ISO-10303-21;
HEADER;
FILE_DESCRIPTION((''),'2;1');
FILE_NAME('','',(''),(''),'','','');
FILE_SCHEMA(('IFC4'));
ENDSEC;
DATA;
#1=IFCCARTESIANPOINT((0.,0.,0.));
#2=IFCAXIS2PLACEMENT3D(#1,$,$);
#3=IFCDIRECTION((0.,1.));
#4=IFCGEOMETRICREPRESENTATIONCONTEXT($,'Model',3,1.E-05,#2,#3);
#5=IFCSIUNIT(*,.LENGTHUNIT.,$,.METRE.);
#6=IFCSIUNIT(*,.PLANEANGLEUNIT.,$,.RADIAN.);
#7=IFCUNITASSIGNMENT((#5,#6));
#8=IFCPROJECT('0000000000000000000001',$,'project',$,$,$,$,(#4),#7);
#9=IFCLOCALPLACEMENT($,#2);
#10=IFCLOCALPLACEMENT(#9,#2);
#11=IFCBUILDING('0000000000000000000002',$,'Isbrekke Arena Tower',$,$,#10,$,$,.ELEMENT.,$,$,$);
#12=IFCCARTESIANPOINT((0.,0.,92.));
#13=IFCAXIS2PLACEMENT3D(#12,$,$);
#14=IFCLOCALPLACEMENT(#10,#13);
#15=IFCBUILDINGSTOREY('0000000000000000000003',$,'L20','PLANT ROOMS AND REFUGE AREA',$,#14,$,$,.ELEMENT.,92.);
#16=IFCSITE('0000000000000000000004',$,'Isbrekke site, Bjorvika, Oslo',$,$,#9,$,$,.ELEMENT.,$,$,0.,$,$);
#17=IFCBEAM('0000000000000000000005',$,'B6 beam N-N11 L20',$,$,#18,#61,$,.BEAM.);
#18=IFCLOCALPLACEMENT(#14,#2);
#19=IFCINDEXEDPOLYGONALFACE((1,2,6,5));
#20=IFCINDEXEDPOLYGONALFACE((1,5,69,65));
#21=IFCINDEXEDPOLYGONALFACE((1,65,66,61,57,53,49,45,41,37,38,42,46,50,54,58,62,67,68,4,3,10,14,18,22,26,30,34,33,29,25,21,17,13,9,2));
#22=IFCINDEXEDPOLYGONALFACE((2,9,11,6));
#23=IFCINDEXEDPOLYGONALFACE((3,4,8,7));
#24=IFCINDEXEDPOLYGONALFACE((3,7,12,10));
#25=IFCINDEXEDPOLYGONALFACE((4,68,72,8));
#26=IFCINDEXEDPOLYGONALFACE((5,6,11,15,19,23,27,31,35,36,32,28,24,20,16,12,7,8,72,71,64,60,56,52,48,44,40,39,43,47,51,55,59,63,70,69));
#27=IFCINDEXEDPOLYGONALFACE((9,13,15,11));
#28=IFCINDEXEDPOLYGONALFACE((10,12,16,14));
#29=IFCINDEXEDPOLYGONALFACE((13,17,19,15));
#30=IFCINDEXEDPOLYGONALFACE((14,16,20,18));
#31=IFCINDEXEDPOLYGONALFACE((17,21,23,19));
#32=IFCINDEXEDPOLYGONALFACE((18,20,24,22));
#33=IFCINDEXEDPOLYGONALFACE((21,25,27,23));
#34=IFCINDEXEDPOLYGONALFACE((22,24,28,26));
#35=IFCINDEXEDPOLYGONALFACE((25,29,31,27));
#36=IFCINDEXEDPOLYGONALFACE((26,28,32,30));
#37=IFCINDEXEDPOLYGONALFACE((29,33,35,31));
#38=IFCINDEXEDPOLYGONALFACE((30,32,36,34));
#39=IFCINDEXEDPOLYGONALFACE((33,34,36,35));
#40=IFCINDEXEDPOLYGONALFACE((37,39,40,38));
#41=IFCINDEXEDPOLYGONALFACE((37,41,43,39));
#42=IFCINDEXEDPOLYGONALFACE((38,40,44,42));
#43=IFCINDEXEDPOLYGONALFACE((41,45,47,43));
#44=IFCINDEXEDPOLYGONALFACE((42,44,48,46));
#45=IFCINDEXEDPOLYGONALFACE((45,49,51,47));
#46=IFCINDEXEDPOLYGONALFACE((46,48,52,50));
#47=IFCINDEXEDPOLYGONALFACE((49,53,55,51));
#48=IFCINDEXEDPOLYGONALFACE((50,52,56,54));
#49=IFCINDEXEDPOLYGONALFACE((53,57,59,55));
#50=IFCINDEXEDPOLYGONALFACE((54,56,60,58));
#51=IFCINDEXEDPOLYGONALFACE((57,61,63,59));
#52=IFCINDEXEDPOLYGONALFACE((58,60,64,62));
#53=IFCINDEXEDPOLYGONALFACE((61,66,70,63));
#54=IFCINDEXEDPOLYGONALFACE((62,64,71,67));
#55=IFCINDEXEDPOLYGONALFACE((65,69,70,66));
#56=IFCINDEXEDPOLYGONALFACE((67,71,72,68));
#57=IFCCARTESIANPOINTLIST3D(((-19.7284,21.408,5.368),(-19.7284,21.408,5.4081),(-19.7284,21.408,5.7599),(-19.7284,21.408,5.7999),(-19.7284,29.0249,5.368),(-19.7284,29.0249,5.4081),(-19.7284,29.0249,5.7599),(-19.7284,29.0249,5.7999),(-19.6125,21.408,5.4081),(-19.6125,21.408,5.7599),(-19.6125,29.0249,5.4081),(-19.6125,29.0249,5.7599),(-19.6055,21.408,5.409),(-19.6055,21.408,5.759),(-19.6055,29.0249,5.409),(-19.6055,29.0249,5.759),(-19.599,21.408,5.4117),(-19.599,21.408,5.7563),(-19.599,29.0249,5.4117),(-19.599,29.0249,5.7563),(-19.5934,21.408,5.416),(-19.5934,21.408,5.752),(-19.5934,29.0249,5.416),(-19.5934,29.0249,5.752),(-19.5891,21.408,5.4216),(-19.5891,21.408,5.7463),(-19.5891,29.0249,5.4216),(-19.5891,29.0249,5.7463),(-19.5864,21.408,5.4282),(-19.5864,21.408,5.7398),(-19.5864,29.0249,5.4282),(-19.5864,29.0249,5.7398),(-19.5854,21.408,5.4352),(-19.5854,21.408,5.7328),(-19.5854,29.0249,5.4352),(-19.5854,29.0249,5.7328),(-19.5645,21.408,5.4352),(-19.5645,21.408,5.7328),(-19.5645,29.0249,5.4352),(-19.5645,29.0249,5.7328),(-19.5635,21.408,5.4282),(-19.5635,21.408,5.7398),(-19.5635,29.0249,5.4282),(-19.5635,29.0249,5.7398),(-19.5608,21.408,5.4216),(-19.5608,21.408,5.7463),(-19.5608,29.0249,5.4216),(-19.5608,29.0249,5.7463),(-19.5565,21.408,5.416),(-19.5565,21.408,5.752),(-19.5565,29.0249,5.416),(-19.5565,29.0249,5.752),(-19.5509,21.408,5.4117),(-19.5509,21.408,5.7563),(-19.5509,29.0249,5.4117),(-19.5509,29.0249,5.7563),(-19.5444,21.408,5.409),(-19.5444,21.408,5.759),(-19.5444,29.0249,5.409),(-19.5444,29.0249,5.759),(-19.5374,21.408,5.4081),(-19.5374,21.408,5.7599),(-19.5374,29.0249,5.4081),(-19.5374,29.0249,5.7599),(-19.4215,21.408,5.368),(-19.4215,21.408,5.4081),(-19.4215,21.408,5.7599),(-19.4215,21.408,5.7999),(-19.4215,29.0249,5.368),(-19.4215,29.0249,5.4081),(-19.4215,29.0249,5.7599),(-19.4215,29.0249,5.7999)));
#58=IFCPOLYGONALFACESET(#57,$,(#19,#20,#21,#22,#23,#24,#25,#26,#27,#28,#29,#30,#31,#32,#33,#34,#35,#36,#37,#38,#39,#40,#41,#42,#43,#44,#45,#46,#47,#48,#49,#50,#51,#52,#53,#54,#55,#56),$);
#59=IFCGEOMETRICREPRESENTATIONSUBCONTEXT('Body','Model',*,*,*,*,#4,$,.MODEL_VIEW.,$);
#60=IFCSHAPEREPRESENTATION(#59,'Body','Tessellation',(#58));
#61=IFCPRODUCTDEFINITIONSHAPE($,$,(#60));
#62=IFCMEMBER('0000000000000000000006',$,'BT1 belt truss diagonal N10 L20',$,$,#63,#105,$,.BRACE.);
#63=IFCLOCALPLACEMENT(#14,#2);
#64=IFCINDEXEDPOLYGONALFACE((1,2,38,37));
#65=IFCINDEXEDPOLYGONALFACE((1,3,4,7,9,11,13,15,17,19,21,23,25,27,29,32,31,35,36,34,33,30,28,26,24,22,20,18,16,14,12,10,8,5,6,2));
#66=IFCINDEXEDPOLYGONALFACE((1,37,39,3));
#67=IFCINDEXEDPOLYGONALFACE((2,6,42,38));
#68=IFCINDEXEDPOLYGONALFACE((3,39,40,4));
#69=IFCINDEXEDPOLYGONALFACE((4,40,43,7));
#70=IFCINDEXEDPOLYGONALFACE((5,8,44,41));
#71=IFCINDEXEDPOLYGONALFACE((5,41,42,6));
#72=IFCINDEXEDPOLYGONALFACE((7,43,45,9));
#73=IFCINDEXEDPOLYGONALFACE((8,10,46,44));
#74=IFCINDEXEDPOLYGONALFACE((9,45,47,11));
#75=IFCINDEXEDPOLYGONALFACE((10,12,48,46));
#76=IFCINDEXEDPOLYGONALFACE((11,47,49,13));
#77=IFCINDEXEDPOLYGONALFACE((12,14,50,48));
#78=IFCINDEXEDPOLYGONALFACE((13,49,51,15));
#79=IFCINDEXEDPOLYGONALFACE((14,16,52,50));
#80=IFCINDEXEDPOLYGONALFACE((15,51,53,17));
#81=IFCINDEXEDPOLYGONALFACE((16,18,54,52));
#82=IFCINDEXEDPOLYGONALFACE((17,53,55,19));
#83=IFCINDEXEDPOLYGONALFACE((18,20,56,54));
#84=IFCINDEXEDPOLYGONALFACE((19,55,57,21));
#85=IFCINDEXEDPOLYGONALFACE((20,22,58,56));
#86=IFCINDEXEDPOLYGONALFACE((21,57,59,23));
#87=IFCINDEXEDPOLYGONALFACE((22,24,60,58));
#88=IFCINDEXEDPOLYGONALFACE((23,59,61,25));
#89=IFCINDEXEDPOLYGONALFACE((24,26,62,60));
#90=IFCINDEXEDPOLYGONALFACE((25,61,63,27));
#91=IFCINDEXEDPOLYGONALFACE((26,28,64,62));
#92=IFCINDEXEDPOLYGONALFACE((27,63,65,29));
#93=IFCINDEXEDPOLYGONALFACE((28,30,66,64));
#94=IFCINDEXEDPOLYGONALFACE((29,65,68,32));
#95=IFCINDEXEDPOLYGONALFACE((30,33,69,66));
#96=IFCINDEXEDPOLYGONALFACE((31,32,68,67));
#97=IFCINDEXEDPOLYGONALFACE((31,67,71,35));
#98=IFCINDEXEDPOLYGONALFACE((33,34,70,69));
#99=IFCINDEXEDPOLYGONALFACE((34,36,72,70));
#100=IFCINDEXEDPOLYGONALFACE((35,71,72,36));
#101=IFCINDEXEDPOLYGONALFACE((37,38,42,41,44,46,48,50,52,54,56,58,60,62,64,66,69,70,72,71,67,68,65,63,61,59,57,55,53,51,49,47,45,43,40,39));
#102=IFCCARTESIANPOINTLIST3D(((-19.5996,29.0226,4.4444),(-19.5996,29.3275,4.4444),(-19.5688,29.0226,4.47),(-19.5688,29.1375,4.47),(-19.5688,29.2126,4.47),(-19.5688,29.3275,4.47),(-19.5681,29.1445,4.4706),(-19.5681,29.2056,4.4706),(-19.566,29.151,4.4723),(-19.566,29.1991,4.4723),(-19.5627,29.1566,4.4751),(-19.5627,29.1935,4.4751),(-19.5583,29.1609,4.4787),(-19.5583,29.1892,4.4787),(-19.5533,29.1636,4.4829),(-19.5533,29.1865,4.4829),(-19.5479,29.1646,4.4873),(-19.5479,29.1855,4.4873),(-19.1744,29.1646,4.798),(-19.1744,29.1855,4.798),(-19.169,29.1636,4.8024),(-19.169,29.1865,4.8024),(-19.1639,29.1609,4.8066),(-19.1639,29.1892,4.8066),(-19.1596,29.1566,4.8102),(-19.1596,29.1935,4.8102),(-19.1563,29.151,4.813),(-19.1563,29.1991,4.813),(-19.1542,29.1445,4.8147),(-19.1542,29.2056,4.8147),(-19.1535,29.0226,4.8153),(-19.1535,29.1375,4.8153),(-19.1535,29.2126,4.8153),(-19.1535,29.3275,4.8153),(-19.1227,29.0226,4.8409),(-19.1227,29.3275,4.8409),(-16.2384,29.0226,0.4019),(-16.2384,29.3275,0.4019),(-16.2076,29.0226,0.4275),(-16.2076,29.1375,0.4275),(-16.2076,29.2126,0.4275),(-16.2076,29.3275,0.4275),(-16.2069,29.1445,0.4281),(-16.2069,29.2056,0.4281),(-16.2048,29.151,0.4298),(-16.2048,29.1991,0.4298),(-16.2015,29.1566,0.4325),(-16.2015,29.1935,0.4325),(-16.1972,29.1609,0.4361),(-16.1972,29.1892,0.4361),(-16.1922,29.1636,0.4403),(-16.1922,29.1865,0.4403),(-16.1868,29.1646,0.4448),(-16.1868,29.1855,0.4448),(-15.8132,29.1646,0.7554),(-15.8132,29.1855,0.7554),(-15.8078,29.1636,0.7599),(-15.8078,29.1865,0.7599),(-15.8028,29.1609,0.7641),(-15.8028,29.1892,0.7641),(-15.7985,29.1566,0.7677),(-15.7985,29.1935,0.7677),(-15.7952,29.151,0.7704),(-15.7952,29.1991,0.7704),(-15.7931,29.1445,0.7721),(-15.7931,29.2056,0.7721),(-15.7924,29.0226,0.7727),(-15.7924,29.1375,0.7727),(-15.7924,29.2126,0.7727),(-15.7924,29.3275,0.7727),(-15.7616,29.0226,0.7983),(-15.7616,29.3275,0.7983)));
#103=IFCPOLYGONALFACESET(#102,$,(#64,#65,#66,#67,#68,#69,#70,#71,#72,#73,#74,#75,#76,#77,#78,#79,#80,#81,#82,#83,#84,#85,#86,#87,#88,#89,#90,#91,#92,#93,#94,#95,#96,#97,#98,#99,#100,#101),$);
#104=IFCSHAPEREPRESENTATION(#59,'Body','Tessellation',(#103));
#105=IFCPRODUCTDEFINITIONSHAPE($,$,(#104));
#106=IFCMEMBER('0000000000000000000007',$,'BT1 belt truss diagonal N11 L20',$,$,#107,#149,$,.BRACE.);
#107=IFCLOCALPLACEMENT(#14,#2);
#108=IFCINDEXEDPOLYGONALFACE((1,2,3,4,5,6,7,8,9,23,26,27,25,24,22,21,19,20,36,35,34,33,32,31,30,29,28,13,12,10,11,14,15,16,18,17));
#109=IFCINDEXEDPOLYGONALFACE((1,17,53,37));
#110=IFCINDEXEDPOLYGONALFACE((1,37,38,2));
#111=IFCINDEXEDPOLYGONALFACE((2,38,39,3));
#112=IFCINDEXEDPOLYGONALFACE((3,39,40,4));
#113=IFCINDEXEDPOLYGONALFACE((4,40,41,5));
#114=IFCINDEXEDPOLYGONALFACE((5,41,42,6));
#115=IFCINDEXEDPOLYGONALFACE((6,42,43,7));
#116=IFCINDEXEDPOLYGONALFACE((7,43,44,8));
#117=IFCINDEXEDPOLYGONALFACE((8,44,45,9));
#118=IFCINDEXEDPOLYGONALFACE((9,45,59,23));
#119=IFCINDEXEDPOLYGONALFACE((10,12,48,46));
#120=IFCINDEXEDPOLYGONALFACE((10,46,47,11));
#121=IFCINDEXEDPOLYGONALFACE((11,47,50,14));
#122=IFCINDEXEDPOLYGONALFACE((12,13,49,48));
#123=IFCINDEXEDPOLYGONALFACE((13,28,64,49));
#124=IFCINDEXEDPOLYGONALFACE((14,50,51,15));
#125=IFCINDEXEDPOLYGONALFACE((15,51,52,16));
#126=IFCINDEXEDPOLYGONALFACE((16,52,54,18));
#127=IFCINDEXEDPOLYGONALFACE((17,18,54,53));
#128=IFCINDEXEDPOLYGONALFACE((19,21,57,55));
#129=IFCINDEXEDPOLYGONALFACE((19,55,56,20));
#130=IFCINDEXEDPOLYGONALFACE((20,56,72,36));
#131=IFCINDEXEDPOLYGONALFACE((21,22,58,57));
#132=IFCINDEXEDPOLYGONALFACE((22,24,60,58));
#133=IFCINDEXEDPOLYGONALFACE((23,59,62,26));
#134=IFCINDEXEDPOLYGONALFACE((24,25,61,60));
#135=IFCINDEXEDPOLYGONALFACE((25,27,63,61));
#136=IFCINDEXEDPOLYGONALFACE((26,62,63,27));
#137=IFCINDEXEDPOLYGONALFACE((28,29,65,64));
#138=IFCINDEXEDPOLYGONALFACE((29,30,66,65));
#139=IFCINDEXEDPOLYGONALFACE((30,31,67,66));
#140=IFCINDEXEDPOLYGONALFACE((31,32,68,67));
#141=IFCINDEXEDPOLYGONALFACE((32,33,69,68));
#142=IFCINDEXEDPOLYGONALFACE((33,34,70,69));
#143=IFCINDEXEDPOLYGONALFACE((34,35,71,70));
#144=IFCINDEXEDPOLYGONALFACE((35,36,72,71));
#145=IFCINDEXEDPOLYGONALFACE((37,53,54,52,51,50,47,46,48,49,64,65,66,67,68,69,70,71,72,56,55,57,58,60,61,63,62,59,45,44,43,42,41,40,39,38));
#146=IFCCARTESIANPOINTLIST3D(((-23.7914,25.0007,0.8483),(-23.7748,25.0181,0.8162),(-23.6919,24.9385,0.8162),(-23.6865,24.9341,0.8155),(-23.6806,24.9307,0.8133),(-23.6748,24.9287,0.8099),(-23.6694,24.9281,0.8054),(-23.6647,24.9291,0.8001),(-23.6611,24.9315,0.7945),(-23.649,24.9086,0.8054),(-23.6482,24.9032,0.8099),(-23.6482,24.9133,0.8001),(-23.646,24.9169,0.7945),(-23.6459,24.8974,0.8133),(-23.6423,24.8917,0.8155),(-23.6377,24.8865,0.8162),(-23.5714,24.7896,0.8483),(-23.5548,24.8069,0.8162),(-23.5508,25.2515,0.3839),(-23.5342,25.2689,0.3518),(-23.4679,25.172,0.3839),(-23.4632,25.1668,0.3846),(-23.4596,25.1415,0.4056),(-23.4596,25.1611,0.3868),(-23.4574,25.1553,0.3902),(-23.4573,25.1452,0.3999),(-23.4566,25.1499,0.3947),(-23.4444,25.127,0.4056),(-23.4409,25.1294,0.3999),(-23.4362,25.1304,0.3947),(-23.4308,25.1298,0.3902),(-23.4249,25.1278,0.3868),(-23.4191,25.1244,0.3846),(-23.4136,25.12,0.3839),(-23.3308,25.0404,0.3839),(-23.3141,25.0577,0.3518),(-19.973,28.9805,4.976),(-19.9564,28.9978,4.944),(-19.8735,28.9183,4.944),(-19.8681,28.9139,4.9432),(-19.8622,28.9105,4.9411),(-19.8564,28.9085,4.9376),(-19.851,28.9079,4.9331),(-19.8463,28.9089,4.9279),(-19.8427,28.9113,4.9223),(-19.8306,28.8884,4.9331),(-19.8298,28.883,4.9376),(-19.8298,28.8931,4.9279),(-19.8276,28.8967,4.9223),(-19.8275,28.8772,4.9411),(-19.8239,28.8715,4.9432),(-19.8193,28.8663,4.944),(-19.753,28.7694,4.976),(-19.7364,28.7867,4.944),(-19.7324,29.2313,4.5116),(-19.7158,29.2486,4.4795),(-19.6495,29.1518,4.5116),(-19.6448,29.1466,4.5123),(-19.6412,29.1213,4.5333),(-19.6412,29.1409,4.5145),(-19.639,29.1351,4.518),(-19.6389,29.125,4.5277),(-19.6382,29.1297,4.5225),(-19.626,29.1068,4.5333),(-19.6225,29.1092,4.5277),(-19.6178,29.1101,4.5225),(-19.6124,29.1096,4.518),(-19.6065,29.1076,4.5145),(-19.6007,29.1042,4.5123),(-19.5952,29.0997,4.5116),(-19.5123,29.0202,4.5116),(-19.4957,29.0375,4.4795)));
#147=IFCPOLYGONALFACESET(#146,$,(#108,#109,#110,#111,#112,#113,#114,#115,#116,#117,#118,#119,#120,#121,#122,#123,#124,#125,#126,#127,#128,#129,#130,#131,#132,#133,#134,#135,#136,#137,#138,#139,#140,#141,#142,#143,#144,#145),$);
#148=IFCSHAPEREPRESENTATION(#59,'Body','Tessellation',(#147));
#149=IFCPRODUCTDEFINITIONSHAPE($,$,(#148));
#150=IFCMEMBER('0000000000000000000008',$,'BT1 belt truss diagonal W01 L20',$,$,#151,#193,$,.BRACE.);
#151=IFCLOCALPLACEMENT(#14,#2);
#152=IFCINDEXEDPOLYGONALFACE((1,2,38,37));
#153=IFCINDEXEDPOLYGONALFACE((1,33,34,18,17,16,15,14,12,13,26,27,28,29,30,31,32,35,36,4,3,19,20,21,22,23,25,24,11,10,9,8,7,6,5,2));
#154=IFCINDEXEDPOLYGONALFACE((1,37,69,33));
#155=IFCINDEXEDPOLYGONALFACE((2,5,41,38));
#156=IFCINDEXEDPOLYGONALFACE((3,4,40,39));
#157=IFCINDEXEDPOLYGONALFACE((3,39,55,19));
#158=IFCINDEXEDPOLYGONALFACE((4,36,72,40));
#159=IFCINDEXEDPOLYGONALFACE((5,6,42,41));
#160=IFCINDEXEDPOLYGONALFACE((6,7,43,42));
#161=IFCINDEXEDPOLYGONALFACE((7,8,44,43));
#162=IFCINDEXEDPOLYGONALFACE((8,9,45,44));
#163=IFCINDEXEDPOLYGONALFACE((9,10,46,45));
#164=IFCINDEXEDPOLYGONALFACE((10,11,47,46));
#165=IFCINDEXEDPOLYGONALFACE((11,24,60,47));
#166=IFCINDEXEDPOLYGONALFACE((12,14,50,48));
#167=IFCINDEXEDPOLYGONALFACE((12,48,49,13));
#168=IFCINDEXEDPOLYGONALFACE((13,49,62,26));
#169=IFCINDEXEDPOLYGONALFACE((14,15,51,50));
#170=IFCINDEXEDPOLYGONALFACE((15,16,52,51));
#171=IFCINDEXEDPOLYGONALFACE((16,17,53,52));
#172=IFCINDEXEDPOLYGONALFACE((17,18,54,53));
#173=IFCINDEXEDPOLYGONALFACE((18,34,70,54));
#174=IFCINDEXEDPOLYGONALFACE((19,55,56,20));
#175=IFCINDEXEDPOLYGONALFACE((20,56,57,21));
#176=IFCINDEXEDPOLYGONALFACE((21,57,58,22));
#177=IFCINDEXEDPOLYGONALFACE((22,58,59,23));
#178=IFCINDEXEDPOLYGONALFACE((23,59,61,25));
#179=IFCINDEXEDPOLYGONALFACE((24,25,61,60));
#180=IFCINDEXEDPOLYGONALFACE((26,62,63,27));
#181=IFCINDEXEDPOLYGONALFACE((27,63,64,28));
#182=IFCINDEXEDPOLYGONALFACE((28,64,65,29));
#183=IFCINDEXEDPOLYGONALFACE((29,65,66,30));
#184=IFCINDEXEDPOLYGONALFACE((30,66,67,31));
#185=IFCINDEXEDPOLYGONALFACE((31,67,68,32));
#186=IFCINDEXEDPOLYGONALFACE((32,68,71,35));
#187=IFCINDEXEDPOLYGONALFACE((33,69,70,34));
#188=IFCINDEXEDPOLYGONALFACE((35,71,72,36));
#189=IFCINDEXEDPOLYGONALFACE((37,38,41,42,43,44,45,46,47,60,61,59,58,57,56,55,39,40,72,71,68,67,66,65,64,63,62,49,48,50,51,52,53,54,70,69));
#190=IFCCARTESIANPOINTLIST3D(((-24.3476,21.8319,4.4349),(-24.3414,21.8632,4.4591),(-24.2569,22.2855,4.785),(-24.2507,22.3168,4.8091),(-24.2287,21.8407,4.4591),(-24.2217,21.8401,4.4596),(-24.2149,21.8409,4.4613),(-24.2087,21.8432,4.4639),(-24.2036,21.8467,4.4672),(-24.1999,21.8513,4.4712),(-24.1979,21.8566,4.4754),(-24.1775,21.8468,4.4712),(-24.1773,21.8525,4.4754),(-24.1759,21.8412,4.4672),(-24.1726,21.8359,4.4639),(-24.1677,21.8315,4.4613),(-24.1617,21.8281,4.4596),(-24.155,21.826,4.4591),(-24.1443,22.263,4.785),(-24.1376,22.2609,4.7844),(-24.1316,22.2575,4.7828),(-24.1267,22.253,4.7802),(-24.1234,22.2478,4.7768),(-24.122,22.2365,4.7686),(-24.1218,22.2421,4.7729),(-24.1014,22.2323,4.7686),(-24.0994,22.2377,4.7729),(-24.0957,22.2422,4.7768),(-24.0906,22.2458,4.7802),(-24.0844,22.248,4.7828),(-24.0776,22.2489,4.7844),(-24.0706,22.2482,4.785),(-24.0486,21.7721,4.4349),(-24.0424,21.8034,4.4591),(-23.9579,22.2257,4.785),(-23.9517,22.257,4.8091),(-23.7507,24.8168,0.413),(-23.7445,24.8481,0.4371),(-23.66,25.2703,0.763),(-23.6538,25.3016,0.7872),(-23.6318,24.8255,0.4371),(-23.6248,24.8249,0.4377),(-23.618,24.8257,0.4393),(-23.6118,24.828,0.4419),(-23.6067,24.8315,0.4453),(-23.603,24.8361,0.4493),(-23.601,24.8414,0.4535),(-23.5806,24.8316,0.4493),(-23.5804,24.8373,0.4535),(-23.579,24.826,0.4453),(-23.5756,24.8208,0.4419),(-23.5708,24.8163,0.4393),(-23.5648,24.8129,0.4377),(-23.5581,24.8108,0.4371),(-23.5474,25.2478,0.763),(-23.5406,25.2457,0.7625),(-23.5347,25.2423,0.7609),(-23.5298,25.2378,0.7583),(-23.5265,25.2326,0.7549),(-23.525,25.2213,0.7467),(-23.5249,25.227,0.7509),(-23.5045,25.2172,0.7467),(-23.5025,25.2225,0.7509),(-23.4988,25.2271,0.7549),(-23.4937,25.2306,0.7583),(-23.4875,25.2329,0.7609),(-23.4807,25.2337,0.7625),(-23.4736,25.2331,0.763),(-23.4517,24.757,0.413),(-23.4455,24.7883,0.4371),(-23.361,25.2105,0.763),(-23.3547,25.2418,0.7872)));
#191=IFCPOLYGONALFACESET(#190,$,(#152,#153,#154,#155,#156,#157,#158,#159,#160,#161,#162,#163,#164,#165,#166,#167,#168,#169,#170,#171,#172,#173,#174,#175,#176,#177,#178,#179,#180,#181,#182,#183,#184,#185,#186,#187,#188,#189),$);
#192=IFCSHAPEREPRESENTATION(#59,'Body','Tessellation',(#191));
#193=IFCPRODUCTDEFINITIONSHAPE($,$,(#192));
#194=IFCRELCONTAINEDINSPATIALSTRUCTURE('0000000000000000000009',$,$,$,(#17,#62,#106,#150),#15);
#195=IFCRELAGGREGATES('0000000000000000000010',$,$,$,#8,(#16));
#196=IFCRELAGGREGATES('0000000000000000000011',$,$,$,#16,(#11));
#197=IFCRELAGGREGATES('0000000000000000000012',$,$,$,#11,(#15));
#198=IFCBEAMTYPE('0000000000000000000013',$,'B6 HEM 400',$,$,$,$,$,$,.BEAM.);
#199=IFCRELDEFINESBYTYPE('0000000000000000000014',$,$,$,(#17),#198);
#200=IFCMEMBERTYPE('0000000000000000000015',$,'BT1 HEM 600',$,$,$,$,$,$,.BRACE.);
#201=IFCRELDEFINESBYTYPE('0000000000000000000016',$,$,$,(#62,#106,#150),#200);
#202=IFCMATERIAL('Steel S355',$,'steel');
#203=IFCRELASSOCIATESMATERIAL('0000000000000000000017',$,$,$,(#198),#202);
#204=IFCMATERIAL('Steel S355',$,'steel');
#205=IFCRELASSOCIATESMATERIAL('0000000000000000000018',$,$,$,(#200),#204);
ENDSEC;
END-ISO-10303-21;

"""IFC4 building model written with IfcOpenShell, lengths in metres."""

from ifc_helpers import new_model, si_unit, direction, frame, origin, origin_2d, place, context, subcontext, project, spatial, i_section, extrude, material, material_profile, profile_set, type_object, element, save


model = new_model("IFC4")

# Units and contexts
model_context = context("Model", 3, precision=1e-05, world=origin(), true_north=direction((0.0, 1.0)))
body_context = subcontext(model_context, "Body", "Model", "MODEL_VIEW")
ifc_project = project(units=[si_unit("LENGTHUNIT", "METRE"), si_unit("PLANEANGLEUNIT", "RADIAN")], contexts=[model_context])

# Site, building, storey
site_placement = place(None, origin())
site = spatial("IfcSite", under=ifc_project, at=site_placement, Name="Isbrekke site, Bjorvika, Oslo", CompositionType="ELEMENT", RefElevation=0.0)
building_placement = place(site_placement, origin())
building = spatial("IfcBuilding", under=site, at=building_placement, Name="Isbrekke Arena Tower", CompositionType="ELEMENT")
storey_placement = place(building_placement, frame((0.0, 0.0, 92.0)))
storey = spatial("IfcBuildingStorey", under=building, at=storey_placement, Name="L20", Description="PLANT ROOMS AND REFUGE AREA", CompositionType="ELEMENT", Elevation=92.0)

# Beam
ifc_material_1 = material(Name="Steel S355", Category="steel")
ifc_material_profile_1 = material_profile(ifc_material_1, i_section(OverallWidth=0.3069, OverallDepth=0.4319, WebThickness=0.021, FlangeThickness=0.04, FilletRadius=0.0271, at=origin_2d()), Name="HEM 400")
ifc_profile_set_1 = profile_set([ifc_material_profile_1], Name="Steel S355")
beam_type_1 = type_object("IfcBeamType", Name="B6 HEM 400", PredefinedType="BEAM", material=ifc_profile_set_1)
beam_1_placement = place(storey_placement, frame((-19.575, 29.0249, 5.584), z_axis=(0.0, -1.0, 0.0), x_axis=(1.0, 0.0, 0.0)))
element("IfcBeam", 1, at=beam_1_placement, inside=storey, type_object=beam_type_1, Name="B6 beam N-N11 L20", PredefinedType="BEAM", context=body_context, shape_type="SweptSolid", body=[
    extrude(i_section(OverallWidth=0.3069, OverallDepth=0.4319, WebThickness=0.021, FlangeThickness=0.04, FilletRadius=0.0271, at=origin_2d()), origin(), (0.0, 0.0, 1.0), 7.6169),
])

# Members
ifc_material_2 = material(Name="Steel S355", Category="steel")
ifc_material_profile_2 = material_profile(ifc_material_2, i_section(OverallWidth=0.3049, OverallDepth=0.6201, WebThickness=0.021, FlangeThickness=0.04, FilletRadius=0.0271, at=origin_2d()), Name="HEM 600")
ifc_profile_set_2 = profile_set([ifc_material_profile_2], Name="Steel S355")
member_type_1 = type_object("IfcMemberType", Name="BT1 HEM 600", PredefinedType="BRACE", material=ifc_profile_set_2)
member_1_placement = place(storey_placement, frame((-16.0, 29.175, 0.6001), z_axis=(-0.639325, 0.0, 0.768936), x_axis=(0.0, -1.0, 0.0)))
element("IfcMember", 2, at=member_1_placement, inside=storey, type_object=member_type_1, Name="BT1 belt truss diagonal N10 L20", PredefinedType="BRACE", context=body_context, shape_type="SweptSolid", body=[
    extrude(i_section(OverallWidth=0.3049, OverallDepth=0.6201, WebThickness=0.021, FlangeThickness=0.04, FilletRadius=0.0271, at=origin_2d()), origin(), (0.0, 0.0, 1.0), 5.2573),
])
member_2_placement = place(storey_placement, frame((-19.7344, 29.009, 4.7278), z_axis=(-0.554283, -0.577709, -0.599185), x_axis=(0.721585, -0.692325, 0.0)))
element("IfcMember", 3, at=member_2_placement, inside=storey, type_object=member_type_1, Name="BT1 belt truss diagonal N11 L20", PredefinedType="BRACE", context=body_context, shape_type="SweptSolid", body=[
    extrude(i_section(OverallWidth=0.3049, OverallDepth=0.6201, WebThickness=0.021, FlangeThickness=0.04, FilletRadius=0.0271, at=origin_2d()), origin(), (0.0, 0.0, 1.0), 6.8889),
])
member_3_placement = place(storey_placement, frame((-23.5527, 25.0293, 0.6001), z_axis=(-0.118343, -0.591764, 0.797377), x_axis=(0.980584, -0.196101, 0.0)))
element("IfcMember", 4, at=member_3_placement, inside=storey, type_object=member_type_1, Name="BT1 belt truss diagonal W01 L20", PredefinedType="BRACE", context=body_context, shape_type="SweptSolid", body=[
    extrude(i_section(OverallWidth=0.3049, OverallDepth=0.6201, WebThickness=0.021, FlangeThickness=0.04, FilletRadius=0.0271, at=origin_2d()), origin(), (0.0, 0.0, 1.0), 5.0439),
])

save(model, "model.ifc")
